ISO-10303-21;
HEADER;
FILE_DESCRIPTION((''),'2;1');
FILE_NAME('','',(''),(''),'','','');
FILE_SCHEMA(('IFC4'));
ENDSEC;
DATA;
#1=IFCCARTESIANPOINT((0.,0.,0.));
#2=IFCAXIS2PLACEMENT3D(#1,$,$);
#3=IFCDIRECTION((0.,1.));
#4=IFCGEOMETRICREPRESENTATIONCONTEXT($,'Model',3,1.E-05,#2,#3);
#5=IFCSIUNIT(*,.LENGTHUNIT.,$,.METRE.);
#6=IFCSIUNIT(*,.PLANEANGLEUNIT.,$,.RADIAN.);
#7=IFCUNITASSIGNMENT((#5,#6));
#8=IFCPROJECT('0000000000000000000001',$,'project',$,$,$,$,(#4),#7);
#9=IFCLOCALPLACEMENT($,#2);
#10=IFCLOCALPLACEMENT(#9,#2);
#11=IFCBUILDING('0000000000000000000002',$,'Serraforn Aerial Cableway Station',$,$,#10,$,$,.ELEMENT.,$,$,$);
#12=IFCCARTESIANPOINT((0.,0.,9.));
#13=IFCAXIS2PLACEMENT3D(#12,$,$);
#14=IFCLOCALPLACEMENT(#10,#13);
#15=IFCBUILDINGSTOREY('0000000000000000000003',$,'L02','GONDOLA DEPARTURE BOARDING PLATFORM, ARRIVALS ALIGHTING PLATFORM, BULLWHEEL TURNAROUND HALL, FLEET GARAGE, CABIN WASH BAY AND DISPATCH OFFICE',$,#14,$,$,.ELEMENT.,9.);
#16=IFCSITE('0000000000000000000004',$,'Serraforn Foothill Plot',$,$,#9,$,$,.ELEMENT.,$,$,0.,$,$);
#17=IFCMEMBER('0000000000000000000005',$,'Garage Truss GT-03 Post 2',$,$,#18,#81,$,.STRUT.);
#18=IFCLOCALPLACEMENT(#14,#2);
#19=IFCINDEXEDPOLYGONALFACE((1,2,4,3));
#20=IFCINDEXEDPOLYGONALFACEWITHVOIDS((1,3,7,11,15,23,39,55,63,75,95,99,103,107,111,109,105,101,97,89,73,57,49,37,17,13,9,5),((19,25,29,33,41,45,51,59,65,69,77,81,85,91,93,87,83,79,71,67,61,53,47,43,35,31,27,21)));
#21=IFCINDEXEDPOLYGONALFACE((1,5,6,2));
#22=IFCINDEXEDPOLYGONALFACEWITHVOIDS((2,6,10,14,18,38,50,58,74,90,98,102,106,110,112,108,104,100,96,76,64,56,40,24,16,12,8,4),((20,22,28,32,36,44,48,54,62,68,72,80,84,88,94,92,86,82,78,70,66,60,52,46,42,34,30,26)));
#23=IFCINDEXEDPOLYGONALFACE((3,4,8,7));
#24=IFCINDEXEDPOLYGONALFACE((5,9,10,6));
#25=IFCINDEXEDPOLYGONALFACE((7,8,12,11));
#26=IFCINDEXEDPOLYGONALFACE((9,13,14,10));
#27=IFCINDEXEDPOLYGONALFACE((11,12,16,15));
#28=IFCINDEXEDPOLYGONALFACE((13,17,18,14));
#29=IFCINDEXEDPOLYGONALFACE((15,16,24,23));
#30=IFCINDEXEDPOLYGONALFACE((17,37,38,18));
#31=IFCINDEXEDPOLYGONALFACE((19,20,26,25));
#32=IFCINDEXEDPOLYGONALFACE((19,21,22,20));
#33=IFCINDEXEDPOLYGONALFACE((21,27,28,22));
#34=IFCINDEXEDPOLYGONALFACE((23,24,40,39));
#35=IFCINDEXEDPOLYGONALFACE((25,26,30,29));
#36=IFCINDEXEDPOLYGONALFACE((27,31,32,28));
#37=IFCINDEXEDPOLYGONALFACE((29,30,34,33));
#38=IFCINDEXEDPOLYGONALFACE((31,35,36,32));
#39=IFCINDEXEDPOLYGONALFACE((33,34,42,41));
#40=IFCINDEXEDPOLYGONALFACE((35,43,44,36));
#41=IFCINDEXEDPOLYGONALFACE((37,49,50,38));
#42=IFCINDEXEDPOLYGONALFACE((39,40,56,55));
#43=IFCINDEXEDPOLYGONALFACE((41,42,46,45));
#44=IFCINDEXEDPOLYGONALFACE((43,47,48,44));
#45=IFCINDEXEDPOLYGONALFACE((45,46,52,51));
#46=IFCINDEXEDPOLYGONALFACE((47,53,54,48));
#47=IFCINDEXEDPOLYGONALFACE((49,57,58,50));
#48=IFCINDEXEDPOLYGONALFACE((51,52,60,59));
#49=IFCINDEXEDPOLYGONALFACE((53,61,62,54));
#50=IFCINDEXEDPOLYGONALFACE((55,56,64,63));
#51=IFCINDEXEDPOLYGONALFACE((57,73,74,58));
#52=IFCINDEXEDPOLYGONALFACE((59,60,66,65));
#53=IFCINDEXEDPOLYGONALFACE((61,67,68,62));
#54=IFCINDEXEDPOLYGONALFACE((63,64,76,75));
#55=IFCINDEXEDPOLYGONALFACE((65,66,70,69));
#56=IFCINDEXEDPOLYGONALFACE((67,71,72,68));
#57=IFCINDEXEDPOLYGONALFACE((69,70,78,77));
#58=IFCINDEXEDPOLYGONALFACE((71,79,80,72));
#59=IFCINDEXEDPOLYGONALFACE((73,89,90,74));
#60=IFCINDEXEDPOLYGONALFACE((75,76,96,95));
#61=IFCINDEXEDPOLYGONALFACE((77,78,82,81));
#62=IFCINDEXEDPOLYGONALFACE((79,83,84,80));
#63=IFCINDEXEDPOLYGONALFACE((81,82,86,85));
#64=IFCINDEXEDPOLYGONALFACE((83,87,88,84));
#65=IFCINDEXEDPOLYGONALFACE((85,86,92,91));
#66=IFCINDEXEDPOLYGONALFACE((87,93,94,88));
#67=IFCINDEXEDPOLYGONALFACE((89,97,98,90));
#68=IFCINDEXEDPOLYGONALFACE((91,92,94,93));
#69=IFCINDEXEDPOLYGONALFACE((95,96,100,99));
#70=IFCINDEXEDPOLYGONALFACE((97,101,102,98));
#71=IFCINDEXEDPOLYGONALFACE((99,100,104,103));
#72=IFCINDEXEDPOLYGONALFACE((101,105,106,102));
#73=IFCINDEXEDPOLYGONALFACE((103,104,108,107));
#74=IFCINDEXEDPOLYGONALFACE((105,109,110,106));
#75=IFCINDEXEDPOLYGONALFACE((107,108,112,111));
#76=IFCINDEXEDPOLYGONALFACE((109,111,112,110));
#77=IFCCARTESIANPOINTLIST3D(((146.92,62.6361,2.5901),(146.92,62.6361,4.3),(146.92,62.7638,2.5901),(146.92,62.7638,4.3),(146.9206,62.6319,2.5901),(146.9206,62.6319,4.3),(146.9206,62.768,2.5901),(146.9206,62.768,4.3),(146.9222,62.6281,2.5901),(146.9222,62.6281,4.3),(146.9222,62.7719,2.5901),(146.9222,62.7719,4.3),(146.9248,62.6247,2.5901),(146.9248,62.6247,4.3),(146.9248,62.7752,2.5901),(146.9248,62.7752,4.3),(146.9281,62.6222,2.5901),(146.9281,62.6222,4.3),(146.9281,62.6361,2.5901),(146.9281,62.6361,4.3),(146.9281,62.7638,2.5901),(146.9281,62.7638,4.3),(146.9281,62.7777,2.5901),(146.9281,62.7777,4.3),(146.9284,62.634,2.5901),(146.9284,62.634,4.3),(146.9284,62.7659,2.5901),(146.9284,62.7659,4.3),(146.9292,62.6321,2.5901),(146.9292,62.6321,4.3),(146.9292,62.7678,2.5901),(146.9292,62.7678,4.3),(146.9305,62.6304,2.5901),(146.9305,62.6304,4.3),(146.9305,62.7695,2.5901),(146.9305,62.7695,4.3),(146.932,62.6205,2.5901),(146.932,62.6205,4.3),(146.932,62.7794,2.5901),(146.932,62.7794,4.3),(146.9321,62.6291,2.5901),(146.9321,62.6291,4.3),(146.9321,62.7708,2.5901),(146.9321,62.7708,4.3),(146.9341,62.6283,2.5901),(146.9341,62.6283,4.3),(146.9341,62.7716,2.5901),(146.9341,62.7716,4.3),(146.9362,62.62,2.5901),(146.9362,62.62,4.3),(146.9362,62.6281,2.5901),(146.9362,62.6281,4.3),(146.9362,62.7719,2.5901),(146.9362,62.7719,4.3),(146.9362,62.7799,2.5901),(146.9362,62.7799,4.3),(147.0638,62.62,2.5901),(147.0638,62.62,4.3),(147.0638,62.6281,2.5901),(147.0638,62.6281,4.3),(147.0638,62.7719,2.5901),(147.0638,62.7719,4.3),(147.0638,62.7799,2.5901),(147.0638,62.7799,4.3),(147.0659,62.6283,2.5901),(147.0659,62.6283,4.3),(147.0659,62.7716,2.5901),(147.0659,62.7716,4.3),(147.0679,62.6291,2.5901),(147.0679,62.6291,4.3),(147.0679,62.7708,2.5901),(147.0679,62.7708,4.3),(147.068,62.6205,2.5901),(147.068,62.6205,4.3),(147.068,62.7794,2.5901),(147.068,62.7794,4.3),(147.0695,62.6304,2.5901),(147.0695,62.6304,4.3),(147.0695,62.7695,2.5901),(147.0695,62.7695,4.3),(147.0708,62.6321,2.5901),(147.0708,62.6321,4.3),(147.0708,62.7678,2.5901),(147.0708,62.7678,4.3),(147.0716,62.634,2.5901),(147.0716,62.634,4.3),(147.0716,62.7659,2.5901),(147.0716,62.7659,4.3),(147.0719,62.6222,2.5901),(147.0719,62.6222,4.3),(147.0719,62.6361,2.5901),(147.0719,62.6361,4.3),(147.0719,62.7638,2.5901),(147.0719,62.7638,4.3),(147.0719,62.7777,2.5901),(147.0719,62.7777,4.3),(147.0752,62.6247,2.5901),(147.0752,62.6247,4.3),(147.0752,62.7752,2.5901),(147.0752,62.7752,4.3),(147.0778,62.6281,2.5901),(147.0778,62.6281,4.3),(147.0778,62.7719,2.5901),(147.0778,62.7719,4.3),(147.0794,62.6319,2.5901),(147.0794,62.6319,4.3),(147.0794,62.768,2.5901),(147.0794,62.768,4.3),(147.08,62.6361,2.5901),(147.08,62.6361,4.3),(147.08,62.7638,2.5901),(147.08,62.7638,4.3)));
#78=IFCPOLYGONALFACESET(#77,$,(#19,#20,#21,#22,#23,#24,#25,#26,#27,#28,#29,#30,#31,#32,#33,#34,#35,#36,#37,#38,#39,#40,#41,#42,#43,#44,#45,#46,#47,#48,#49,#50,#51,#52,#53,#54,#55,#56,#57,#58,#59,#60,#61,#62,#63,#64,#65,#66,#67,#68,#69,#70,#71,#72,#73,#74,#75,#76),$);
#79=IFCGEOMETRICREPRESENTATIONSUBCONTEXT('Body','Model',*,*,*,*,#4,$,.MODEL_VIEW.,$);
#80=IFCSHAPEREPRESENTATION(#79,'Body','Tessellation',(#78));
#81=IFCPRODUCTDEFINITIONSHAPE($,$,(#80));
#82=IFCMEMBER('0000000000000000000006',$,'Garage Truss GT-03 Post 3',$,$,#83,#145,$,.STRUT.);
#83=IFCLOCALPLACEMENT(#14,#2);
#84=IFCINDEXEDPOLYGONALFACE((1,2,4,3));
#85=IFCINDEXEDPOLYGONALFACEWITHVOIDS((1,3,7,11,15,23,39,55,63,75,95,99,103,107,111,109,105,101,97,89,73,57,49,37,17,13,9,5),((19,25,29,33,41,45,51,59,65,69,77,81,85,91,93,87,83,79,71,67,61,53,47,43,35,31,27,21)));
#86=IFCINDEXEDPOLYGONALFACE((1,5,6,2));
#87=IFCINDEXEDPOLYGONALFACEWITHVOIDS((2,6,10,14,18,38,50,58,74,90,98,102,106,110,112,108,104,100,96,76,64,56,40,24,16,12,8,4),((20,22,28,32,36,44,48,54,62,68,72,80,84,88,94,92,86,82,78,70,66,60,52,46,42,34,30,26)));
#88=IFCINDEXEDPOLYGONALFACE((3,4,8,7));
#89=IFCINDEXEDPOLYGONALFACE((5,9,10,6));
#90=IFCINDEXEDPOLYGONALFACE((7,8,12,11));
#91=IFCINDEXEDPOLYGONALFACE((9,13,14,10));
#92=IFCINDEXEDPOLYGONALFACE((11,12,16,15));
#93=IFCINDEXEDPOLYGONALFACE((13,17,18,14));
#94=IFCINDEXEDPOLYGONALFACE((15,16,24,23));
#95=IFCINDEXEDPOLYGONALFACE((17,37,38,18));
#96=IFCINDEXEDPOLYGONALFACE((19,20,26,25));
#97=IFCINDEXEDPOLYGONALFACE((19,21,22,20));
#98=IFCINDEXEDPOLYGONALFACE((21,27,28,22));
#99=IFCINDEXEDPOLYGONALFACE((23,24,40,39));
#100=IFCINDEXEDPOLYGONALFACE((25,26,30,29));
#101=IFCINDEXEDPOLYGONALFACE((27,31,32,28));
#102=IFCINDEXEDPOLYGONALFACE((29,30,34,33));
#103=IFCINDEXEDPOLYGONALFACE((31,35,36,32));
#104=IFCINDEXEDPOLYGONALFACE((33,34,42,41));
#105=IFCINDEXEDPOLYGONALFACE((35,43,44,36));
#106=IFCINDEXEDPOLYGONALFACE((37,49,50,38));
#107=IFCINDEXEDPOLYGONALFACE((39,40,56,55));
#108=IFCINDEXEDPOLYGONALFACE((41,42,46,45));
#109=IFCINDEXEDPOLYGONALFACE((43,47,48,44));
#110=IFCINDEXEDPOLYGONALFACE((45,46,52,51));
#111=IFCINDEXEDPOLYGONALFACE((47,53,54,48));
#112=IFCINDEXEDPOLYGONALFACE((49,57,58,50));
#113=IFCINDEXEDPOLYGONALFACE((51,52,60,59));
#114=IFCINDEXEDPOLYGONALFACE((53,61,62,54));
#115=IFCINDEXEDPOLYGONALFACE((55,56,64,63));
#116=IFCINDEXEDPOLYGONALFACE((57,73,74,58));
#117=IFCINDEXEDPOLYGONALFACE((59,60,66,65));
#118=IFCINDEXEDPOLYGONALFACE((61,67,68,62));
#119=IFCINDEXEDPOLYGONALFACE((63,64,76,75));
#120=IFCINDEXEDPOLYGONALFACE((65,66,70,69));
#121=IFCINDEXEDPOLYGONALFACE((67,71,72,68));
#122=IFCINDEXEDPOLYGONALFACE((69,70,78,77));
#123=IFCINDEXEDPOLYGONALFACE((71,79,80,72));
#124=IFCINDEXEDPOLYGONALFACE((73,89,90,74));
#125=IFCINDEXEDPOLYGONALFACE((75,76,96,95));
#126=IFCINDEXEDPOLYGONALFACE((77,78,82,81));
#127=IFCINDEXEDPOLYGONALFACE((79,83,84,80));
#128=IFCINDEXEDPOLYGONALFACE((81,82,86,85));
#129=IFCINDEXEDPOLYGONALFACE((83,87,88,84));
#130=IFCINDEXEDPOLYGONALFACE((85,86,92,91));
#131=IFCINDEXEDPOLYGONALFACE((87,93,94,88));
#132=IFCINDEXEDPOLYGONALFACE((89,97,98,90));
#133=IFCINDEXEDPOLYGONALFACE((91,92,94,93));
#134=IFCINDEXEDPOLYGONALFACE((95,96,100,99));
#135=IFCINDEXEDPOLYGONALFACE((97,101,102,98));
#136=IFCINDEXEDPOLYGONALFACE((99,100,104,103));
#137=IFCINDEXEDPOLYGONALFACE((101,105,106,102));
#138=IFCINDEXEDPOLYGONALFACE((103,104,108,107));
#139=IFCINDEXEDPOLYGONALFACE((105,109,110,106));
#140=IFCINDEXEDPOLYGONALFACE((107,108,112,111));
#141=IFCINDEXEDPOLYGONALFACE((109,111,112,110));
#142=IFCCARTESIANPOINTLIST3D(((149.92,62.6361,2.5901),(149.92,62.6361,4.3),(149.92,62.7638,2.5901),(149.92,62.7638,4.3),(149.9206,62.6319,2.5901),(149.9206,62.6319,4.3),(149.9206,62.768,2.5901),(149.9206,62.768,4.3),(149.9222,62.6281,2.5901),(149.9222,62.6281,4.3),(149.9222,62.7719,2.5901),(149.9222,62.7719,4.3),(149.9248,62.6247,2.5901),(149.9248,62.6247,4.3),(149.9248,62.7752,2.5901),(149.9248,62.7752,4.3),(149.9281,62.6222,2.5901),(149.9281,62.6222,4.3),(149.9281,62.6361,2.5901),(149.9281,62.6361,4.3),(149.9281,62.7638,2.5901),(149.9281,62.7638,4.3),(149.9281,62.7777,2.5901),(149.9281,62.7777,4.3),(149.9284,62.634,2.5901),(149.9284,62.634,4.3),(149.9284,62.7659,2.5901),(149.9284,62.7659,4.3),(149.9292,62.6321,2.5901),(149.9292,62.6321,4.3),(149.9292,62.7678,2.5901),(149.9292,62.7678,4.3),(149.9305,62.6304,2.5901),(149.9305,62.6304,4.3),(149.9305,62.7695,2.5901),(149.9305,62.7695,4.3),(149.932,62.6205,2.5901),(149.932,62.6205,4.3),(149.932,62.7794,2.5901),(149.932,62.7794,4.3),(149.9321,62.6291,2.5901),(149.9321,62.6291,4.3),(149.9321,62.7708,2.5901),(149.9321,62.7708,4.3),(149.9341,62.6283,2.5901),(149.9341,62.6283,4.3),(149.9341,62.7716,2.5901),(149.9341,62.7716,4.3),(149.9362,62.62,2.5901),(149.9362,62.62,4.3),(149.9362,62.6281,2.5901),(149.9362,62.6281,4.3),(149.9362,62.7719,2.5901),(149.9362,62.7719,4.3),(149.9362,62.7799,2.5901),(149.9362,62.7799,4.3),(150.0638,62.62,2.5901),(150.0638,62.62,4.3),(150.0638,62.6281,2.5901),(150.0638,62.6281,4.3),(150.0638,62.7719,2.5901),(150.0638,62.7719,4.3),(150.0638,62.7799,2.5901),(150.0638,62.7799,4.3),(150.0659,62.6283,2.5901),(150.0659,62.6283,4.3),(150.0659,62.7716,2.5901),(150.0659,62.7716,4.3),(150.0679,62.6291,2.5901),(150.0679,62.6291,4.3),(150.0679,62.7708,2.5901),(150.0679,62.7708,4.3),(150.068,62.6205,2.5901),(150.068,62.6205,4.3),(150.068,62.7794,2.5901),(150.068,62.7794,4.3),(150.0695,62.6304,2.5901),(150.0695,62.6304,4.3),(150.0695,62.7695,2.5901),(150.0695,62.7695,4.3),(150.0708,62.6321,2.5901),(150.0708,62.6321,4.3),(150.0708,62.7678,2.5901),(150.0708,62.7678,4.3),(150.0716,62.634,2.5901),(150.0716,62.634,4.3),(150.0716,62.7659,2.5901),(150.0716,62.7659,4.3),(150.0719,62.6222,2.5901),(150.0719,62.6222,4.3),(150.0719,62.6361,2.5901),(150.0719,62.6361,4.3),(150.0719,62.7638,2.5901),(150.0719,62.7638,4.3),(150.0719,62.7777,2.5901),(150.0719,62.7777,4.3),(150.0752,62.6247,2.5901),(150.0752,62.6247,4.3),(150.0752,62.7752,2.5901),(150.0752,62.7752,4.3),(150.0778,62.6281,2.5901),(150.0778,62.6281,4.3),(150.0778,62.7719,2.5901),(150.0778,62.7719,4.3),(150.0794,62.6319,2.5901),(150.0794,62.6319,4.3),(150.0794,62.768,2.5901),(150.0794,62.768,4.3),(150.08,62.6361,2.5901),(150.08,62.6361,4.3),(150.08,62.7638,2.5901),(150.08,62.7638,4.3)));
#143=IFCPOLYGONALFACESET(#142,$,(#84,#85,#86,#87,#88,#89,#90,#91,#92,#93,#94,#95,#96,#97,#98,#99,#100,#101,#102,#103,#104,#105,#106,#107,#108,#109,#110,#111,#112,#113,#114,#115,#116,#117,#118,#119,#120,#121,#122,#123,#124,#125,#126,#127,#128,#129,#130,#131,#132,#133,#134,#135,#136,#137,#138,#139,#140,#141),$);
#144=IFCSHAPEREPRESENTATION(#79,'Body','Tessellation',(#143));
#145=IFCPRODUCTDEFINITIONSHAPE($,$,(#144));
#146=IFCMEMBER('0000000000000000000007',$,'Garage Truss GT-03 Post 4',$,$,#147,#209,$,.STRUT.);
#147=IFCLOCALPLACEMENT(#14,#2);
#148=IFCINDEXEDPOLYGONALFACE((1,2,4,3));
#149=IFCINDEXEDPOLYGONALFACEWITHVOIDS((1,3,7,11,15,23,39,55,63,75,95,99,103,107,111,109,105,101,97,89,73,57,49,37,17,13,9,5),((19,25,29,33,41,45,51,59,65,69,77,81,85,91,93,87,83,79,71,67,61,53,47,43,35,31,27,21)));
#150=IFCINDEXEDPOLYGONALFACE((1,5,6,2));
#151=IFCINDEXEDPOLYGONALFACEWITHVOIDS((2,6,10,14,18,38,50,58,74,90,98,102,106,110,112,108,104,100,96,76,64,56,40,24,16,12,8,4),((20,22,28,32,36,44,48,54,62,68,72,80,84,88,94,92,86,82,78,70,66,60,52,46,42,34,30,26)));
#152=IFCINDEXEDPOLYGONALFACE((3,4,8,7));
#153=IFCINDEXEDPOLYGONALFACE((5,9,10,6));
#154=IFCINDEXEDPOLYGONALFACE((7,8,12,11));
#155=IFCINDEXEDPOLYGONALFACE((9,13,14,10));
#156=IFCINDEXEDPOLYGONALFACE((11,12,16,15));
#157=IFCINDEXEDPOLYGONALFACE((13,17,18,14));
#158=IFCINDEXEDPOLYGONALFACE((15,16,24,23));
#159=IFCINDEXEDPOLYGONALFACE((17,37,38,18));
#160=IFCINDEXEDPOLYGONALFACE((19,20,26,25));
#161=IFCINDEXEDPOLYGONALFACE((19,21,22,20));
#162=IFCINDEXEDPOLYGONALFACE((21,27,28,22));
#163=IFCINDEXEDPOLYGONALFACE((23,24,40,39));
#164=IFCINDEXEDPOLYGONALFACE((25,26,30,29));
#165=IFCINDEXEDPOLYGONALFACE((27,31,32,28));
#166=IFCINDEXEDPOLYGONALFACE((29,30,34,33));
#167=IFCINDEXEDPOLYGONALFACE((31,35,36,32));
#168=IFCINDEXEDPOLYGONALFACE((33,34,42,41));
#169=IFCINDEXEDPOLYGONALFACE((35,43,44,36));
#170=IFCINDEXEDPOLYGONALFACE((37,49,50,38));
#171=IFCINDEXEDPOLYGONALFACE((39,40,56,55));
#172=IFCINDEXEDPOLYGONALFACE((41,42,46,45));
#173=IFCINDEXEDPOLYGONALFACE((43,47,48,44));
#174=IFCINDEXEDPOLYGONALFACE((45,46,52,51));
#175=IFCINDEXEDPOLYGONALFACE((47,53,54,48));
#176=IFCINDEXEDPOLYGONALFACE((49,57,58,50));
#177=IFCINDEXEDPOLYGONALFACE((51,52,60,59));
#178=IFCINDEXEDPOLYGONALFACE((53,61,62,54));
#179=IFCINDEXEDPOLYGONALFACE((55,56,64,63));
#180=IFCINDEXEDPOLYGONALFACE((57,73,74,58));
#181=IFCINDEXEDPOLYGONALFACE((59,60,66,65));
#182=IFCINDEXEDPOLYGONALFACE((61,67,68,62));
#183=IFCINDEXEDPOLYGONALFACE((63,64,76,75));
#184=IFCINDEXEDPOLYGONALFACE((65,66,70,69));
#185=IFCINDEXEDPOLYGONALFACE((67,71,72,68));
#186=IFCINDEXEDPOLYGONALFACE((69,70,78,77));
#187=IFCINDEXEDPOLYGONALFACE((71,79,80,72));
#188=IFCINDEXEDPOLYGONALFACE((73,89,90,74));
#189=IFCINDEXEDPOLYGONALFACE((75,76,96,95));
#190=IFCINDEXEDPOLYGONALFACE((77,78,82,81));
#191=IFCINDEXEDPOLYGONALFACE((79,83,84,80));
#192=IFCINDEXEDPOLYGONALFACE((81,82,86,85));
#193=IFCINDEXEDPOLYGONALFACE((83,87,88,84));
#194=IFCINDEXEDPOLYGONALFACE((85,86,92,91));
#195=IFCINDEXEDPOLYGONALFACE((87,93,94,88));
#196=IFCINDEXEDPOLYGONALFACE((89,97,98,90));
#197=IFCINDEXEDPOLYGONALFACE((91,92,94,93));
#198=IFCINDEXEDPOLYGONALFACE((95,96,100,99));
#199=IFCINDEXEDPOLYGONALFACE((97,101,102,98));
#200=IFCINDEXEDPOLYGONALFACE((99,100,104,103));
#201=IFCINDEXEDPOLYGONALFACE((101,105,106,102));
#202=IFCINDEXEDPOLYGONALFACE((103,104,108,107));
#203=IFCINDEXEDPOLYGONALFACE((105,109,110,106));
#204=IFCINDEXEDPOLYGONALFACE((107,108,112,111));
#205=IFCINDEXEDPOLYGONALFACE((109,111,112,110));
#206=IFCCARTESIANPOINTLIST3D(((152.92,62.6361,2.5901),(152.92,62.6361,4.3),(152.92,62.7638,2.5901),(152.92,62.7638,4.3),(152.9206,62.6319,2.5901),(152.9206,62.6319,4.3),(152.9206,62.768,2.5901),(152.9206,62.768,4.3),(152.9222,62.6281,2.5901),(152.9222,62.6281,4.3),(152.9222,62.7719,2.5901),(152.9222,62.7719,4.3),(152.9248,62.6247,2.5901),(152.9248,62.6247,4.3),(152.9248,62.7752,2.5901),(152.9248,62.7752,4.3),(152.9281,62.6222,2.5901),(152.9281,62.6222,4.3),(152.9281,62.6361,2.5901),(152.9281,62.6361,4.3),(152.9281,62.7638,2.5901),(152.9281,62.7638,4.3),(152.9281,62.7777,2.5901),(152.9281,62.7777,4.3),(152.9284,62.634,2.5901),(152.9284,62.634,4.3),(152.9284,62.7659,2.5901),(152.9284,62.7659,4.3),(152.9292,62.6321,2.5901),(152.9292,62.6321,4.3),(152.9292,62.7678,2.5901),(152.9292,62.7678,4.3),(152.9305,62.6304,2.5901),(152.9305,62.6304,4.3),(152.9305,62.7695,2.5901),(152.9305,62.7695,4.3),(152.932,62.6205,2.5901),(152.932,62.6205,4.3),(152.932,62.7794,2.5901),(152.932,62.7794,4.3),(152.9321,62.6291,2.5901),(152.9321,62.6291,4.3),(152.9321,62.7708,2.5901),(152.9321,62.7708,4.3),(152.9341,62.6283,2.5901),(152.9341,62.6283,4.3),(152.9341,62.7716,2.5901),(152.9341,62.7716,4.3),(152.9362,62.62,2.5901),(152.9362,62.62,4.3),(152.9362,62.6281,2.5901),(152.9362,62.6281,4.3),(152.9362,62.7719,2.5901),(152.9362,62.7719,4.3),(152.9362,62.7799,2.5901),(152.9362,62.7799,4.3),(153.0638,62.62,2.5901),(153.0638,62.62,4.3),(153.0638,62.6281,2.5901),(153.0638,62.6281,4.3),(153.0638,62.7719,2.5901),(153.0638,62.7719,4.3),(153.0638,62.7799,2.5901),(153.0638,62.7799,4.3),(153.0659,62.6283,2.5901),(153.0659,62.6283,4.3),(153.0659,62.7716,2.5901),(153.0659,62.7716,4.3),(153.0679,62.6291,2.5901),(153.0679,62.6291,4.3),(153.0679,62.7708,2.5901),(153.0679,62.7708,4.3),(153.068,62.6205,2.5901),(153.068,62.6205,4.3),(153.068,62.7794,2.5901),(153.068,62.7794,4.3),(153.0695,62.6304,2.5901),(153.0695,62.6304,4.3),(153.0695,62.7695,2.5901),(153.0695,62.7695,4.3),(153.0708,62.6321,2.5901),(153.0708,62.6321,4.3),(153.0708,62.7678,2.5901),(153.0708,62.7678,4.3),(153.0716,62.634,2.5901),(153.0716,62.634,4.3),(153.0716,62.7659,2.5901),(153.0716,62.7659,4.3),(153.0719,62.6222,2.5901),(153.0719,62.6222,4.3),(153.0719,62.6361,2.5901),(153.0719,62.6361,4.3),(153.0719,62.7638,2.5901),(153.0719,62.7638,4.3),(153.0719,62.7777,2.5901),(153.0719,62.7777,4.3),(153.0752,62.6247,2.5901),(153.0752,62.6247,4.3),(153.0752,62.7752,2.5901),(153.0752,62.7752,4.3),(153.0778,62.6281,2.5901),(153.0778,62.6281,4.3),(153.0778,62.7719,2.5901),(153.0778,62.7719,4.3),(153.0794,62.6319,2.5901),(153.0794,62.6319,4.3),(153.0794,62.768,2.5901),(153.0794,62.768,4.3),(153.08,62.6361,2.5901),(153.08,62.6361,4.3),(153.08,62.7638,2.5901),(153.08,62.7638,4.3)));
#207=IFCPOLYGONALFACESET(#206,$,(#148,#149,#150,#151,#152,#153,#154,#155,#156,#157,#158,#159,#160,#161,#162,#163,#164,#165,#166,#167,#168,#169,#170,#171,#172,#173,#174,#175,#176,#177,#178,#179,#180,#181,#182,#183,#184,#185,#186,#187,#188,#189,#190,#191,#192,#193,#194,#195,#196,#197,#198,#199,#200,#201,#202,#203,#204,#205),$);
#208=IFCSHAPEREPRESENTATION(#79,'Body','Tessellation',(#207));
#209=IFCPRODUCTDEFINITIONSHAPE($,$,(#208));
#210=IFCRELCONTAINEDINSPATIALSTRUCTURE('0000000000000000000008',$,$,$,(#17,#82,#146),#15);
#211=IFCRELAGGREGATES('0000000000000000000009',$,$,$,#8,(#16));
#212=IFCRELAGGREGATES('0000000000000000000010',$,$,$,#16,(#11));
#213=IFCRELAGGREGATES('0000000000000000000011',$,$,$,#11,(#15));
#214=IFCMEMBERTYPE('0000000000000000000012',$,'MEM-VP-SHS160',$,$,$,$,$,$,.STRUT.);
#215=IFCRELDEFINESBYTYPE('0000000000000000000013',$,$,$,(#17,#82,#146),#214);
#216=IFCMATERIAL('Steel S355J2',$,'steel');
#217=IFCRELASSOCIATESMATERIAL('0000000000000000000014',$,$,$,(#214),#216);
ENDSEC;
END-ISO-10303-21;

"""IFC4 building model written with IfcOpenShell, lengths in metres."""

from ifc_helpers import new_model, si_unit, direction, frame, origin, origin_2d, place, context, subcontext, project, spatial, hollow_rectangle, extrude, material, material_profile, profile_set, type_object, element, save


model = new_model("IFC4")

# Units and contexts
model_context = context("Model", 3, precision=1e-05, world=origin(), true_north=direction((0.0, 1.0)))
body_context = subcontext(model_context, "Body", "Model", "MODEL_VIEW")
ifc_project = project(units=[si_unit("LENGTHUNIT", "METRE"), si_unit("PLANEANGLEUNIT", "RADIAN")], contexts=[model_context])

# Site, building, storey
site_placement = place(None, origin())
site = spatial("IfcSite", under=ifc_project, at=site_placement, Name="Serraforn Foothill Plot", CompositionType="ELEMENT", RefElevation=0.0)
building_placement = place(site_placement, origin())
building = spatial("IfcBuilding", under=site, at=building_placement, Name="Serraforn Aerial Cableway Station", CompositionType="ELEMENT")
storey_placement = place(building_placement, frame((0.0, 0.0, 9.0)))
storey = spatial("IfcBuildingStorey", under=building, at=storey_placement, Name="L02", Description="GONDOLA DEPARTURE BOARDING PLATFORM, ARRIVALS ALIGHTING PLATFORM, BULLWHEEL TURNAROUND HALL, FLEET GARAGE, CABIN WASH BAY AND DISPATCH OFFICE", CompositionType="ELEMENT", Elevation=9.0)

# Members
ifc_material_1 = material(Name="Steel S355J2", Category="steel")
ifc_material_profile_1 = material_profile(ifc_material_1, hollow_rectangle(XDim=0.1599, YDim=0.1599, WallThickness=0.0081, InnerFilletRadius=0.0081, OuterFilletRadius=0.0161, at=origin_2d()), Name="SHS 160x160x8.0")
ifc_profile_set_1 = profile_set([ifc_material_profile_1], Name="Steel S355J2")
member_type_1 = type_object("IfcMemberType", Name="MEM-VP-SHS160", PredefinedType="STRUT", material=ifc_profile_set_1)
for number, where, z_axis, x_axis, name in (
    (1, (147.0, 62.7, 2.5901), (0.0, 0.0, 1.0), (1.0, 0.0, 0.0), "Garage Truss GT-03 Post 2"),
    (2, (150.0, 62.7, 2.5901), (0.0, 0.0, 1.0), (1.0, 0.0, 0.0), "Garage Truss GT-03 Post 3"),
    (3, (153.0, 62.7, 2.5901), (0.0, 0.0, 1.0), (1.0, 0.0, 0.0), "Garage Truss GT-03 Post 4"),
):
    element("IfcMember", number, at=place(storey_placement, frame(where, z_axis=z_axis, x_axis=x_axis)), inside=storey, type_object=member_type_1, Name=name, PredefinedType="STRUT", context=body_context, shape_type="SweptSolid", body=[
        extrude(hollow_rectangle(XDim=0.1599, YDim=0.1599, WallThickness=0.0081, InnerFilletRadius=0.0081, OuterFilletRadius=0.0161, at=origin_2d()), origin(), (0.0, 0.0, 1.0), 1.71),
    ])

save(model, "model.ifc")
